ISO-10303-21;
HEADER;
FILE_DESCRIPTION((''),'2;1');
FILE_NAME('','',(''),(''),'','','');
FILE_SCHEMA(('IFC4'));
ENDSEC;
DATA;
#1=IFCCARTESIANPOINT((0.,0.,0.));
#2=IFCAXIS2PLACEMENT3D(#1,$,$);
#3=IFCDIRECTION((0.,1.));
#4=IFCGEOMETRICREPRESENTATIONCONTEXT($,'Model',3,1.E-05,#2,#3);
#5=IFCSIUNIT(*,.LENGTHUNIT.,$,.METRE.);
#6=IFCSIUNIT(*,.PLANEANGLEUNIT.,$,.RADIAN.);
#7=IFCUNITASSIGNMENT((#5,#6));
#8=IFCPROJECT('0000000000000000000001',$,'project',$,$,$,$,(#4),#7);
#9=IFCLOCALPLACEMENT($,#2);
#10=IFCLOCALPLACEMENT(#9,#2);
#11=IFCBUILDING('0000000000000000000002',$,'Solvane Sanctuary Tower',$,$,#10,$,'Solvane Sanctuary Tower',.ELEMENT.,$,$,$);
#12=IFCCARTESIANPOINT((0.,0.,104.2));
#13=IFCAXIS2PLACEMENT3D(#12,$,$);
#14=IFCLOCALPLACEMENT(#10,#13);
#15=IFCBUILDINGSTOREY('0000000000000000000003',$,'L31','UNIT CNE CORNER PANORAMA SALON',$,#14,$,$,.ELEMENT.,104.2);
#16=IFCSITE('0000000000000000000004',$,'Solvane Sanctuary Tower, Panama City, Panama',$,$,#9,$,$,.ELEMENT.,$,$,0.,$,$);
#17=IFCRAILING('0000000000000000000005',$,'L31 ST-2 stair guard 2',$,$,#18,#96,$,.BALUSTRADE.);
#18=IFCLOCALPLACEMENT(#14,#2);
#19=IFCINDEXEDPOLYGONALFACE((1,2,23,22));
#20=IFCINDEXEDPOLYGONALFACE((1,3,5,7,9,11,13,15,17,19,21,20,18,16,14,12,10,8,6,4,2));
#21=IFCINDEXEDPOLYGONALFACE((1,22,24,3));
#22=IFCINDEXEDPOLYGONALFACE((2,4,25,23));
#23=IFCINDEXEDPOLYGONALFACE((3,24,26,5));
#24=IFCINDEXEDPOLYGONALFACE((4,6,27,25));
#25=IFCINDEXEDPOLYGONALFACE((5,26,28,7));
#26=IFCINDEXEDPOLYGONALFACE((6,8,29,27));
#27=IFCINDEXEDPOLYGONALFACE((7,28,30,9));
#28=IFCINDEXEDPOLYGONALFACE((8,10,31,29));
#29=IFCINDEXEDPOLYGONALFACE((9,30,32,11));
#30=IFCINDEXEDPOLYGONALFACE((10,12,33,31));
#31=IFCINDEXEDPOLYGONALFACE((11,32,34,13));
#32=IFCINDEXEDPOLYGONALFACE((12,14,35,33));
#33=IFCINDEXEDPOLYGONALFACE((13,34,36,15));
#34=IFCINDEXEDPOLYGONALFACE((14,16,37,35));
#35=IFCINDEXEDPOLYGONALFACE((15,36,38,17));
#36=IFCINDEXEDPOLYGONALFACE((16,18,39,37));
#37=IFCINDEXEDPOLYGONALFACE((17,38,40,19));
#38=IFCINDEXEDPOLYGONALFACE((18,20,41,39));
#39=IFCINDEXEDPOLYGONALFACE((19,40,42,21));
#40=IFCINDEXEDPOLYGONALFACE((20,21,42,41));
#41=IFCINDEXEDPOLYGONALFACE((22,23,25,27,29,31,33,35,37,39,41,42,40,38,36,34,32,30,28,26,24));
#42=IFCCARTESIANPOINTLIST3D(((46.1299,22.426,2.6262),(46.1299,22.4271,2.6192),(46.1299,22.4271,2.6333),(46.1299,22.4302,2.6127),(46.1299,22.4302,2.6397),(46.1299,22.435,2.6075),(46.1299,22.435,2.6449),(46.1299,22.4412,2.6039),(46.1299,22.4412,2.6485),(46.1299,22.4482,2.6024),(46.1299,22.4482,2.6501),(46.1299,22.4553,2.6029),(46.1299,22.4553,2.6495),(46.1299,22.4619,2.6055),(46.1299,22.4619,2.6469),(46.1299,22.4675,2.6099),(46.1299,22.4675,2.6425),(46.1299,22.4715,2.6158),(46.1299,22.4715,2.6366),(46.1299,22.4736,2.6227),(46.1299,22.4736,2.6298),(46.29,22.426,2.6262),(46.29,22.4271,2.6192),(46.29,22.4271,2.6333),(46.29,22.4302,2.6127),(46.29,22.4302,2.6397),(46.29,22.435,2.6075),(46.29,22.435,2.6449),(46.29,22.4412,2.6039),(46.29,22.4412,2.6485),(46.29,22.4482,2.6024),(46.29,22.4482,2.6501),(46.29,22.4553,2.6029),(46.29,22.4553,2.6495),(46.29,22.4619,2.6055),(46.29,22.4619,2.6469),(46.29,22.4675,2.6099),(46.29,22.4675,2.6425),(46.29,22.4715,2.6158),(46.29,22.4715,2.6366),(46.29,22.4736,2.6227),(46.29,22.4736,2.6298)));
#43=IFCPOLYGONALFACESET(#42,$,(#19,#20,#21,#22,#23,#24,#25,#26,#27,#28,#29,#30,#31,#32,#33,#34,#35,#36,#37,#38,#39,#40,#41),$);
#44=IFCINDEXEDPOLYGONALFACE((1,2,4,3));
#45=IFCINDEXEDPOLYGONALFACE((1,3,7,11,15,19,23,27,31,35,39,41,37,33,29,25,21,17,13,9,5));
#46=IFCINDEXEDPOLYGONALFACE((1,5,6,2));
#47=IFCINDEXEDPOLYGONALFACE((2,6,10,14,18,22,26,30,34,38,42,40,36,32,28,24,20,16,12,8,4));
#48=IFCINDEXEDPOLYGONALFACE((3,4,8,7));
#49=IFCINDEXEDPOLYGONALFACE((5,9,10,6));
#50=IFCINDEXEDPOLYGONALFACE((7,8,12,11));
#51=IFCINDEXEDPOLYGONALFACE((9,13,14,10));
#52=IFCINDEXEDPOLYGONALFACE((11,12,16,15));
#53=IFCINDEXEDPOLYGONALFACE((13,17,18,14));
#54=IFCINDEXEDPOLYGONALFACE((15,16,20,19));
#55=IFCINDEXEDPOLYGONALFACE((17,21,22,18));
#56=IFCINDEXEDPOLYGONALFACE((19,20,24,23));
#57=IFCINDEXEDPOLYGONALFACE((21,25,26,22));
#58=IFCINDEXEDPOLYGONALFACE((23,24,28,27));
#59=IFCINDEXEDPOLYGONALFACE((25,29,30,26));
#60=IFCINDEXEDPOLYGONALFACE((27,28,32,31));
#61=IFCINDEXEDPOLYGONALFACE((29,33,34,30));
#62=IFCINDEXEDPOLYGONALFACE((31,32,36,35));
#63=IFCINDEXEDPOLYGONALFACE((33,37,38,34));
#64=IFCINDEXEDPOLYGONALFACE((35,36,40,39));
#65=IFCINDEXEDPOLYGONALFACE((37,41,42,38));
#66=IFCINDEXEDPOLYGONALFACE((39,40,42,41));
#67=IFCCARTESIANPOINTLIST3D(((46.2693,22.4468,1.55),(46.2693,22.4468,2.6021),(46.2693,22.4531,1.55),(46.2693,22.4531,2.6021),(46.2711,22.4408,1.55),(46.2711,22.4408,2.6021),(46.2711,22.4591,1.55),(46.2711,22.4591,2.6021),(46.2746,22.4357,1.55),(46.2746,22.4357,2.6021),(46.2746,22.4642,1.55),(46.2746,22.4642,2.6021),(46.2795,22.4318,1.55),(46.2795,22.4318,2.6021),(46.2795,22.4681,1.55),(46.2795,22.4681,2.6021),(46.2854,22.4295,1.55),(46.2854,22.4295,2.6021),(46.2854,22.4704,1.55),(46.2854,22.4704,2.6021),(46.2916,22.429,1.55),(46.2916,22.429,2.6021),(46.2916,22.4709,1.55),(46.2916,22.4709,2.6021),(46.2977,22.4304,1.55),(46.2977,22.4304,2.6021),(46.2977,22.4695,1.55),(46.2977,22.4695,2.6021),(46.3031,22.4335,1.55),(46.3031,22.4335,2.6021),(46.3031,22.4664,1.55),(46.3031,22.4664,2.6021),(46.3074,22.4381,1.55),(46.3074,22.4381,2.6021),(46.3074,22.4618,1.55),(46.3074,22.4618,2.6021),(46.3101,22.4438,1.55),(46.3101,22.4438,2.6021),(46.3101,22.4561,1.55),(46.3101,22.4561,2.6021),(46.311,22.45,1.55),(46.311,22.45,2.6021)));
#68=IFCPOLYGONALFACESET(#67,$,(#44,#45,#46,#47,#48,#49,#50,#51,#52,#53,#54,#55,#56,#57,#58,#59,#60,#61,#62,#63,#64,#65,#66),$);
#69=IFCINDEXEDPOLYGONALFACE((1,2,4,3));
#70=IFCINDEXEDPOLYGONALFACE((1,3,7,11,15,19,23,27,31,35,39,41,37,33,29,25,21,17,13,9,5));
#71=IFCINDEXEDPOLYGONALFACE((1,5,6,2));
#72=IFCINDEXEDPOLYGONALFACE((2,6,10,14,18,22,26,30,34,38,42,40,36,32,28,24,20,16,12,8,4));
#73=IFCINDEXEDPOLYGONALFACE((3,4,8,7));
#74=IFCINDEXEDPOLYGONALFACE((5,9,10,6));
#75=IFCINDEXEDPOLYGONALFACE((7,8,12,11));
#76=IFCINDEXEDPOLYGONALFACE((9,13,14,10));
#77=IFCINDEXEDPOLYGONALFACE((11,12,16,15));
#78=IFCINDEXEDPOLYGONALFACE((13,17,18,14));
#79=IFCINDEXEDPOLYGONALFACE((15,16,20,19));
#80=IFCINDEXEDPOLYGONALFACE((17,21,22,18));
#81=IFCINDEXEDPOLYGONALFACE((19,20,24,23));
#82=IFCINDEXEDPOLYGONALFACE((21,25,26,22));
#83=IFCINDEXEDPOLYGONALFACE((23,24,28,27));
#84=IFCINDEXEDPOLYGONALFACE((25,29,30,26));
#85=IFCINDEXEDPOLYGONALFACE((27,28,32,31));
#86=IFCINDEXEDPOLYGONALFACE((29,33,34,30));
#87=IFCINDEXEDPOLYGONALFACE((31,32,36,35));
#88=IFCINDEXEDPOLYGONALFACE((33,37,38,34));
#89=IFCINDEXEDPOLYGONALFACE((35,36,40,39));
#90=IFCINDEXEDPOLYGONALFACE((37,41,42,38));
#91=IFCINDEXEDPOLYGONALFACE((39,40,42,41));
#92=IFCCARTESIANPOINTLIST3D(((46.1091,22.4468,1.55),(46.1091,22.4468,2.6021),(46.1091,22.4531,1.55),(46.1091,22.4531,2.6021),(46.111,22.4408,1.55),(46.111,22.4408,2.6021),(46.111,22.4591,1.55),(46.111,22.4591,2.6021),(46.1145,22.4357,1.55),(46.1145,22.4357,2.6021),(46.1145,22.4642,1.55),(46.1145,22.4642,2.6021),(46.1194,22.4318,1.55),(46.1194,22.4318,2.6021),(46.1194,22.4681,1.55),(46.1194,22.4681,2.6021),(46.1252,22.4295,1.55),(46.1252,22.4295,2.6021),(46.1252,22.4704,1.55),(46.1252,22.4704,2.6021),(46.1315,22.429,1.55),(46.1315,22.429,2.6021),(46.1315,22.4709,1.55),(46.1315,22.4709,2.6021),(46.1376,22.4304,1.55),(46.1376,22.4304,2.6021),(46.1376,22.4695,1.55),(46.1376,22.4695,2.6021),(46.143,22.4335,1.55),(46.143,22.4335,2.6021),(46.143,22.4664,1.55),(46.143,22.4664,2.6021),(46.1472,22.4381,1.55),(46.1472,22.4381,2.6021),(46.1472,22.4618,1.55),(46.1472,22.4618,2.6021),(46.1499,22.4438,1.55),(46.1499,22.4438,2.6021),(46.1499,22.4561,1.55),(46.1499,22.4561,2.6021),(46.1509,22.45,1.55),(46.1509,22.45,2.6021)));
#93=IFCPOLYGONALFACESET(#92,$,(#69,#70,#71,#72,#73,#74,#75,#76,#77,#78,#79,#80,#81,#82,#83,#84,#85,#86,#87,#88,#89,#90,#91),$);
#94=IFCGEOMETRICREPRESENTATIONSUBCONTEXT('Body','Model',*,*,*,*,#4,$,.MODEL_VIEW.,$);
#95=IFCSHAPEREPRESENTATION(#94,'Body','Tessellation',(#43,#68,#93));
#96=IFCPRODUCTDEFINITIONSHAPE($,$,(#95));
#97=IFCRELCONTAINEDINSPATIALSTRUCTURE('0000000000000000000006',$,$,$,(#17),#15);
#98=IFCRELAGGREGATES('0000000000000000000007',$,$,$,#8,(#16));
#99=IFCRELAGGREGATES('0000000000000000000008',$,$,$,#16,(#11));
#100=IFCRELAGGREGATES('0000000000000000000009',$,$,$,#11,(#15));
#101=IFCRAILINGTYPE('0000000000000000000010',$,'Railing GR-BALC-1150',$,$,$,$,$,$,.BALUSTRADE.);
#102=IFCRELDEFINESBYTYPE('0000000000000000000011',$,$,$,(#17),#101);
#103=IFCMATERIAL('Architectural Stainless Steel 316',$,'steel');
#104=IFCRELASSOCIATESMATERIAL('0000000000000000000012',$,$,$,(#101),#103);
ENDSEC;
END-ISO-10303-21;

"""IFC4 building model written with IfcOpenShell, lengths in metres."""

from ifc_helpers import new_model, si_unit, direction, frame, origin, origin_2d, place, context, subcontext, project, spatial, circle, extrude, material, type_object, element, save


model = new_model("IFC4")

# Units and contexts
model_context = context("Model", 3, precision=1e-05, world=origin(), true_north=direction((0.0, 1.0)))
body_context = subcontext(model_context, "Body", "Model", "MODEL_VIEW")
ifc_project = project(units=[si_unit("LENGTHUNIT", "METRE"), si_unit("PLANEANGLEUNIT", "RADIAN")], contexts=[model_context])

# Site, building, storey
site_placement = place(None, origin())
site = spatial("IfcSite", under=ifc_project, at=site_placement, Name="Solvane Sanctuary Tower, Panama City, Panama", CompositionType="ELEMENT", RefElevation=0.0)
building_placement = place(site_placement, origin())
building = spatial("IfcBuilding", under=site, at=building_placement, Name="Solvane Sanctuary Tower", LongName="Solvane Sanctuary Tower", CompositionType="ELEMENT")
storey_placement = place(building_placement, frame((0.0, 0.0, 104.2)))
storey = spatial("IfcBuildingStorey", under=building, at=storey_placement, Name="L31", Description="UNIT CNE CORNER PANORAMA SALON", CompositionType="ELEMENT", Elevation=104.2)

# Shared definitions
ifc_material_1 = material(Name="Architectural Stainless Steel 316", Category="steel")

# Railing
railing_type_1 = type_object("IfcRailingType", Name="Railing GR-BALC-1150", PredefinedType="BALUSTRADE", material=ifc_material_1)
railing_1_placement = place(storey_placement, frame((46.29, 22.45, 1.55)))
element("IfcRailing", 1, at=railing_1_placement, inside=storey, type_object=railing_type_1, Name="L31 ST-2 stair guard 2", PredefinedType="BALUSTRADE", context=body_context, shape_type="SweptSolid", body=[
    extrude(circle(Radius=0.0239, at=origin_2d()), frame((0.0, 0.0, 1.0762), z_axis=(-1.0, 0.0, 0.0), x_axis=(0.0, -1.0, 0.0)), (0.0, 0.0, 1.0), 0.1602),
    extrude(circle(Radius=0.021, at=origin_2d()), origin(), (0.0, 0.0, 1.0), 1.052),
    extrude(circle(Radius=0.021, at=origin_2d()), frame((-0.1602, 0.0, 0.0)), (0.0, 0.0, 1.0), 1.052),
])

save(model, "model.ifc")
